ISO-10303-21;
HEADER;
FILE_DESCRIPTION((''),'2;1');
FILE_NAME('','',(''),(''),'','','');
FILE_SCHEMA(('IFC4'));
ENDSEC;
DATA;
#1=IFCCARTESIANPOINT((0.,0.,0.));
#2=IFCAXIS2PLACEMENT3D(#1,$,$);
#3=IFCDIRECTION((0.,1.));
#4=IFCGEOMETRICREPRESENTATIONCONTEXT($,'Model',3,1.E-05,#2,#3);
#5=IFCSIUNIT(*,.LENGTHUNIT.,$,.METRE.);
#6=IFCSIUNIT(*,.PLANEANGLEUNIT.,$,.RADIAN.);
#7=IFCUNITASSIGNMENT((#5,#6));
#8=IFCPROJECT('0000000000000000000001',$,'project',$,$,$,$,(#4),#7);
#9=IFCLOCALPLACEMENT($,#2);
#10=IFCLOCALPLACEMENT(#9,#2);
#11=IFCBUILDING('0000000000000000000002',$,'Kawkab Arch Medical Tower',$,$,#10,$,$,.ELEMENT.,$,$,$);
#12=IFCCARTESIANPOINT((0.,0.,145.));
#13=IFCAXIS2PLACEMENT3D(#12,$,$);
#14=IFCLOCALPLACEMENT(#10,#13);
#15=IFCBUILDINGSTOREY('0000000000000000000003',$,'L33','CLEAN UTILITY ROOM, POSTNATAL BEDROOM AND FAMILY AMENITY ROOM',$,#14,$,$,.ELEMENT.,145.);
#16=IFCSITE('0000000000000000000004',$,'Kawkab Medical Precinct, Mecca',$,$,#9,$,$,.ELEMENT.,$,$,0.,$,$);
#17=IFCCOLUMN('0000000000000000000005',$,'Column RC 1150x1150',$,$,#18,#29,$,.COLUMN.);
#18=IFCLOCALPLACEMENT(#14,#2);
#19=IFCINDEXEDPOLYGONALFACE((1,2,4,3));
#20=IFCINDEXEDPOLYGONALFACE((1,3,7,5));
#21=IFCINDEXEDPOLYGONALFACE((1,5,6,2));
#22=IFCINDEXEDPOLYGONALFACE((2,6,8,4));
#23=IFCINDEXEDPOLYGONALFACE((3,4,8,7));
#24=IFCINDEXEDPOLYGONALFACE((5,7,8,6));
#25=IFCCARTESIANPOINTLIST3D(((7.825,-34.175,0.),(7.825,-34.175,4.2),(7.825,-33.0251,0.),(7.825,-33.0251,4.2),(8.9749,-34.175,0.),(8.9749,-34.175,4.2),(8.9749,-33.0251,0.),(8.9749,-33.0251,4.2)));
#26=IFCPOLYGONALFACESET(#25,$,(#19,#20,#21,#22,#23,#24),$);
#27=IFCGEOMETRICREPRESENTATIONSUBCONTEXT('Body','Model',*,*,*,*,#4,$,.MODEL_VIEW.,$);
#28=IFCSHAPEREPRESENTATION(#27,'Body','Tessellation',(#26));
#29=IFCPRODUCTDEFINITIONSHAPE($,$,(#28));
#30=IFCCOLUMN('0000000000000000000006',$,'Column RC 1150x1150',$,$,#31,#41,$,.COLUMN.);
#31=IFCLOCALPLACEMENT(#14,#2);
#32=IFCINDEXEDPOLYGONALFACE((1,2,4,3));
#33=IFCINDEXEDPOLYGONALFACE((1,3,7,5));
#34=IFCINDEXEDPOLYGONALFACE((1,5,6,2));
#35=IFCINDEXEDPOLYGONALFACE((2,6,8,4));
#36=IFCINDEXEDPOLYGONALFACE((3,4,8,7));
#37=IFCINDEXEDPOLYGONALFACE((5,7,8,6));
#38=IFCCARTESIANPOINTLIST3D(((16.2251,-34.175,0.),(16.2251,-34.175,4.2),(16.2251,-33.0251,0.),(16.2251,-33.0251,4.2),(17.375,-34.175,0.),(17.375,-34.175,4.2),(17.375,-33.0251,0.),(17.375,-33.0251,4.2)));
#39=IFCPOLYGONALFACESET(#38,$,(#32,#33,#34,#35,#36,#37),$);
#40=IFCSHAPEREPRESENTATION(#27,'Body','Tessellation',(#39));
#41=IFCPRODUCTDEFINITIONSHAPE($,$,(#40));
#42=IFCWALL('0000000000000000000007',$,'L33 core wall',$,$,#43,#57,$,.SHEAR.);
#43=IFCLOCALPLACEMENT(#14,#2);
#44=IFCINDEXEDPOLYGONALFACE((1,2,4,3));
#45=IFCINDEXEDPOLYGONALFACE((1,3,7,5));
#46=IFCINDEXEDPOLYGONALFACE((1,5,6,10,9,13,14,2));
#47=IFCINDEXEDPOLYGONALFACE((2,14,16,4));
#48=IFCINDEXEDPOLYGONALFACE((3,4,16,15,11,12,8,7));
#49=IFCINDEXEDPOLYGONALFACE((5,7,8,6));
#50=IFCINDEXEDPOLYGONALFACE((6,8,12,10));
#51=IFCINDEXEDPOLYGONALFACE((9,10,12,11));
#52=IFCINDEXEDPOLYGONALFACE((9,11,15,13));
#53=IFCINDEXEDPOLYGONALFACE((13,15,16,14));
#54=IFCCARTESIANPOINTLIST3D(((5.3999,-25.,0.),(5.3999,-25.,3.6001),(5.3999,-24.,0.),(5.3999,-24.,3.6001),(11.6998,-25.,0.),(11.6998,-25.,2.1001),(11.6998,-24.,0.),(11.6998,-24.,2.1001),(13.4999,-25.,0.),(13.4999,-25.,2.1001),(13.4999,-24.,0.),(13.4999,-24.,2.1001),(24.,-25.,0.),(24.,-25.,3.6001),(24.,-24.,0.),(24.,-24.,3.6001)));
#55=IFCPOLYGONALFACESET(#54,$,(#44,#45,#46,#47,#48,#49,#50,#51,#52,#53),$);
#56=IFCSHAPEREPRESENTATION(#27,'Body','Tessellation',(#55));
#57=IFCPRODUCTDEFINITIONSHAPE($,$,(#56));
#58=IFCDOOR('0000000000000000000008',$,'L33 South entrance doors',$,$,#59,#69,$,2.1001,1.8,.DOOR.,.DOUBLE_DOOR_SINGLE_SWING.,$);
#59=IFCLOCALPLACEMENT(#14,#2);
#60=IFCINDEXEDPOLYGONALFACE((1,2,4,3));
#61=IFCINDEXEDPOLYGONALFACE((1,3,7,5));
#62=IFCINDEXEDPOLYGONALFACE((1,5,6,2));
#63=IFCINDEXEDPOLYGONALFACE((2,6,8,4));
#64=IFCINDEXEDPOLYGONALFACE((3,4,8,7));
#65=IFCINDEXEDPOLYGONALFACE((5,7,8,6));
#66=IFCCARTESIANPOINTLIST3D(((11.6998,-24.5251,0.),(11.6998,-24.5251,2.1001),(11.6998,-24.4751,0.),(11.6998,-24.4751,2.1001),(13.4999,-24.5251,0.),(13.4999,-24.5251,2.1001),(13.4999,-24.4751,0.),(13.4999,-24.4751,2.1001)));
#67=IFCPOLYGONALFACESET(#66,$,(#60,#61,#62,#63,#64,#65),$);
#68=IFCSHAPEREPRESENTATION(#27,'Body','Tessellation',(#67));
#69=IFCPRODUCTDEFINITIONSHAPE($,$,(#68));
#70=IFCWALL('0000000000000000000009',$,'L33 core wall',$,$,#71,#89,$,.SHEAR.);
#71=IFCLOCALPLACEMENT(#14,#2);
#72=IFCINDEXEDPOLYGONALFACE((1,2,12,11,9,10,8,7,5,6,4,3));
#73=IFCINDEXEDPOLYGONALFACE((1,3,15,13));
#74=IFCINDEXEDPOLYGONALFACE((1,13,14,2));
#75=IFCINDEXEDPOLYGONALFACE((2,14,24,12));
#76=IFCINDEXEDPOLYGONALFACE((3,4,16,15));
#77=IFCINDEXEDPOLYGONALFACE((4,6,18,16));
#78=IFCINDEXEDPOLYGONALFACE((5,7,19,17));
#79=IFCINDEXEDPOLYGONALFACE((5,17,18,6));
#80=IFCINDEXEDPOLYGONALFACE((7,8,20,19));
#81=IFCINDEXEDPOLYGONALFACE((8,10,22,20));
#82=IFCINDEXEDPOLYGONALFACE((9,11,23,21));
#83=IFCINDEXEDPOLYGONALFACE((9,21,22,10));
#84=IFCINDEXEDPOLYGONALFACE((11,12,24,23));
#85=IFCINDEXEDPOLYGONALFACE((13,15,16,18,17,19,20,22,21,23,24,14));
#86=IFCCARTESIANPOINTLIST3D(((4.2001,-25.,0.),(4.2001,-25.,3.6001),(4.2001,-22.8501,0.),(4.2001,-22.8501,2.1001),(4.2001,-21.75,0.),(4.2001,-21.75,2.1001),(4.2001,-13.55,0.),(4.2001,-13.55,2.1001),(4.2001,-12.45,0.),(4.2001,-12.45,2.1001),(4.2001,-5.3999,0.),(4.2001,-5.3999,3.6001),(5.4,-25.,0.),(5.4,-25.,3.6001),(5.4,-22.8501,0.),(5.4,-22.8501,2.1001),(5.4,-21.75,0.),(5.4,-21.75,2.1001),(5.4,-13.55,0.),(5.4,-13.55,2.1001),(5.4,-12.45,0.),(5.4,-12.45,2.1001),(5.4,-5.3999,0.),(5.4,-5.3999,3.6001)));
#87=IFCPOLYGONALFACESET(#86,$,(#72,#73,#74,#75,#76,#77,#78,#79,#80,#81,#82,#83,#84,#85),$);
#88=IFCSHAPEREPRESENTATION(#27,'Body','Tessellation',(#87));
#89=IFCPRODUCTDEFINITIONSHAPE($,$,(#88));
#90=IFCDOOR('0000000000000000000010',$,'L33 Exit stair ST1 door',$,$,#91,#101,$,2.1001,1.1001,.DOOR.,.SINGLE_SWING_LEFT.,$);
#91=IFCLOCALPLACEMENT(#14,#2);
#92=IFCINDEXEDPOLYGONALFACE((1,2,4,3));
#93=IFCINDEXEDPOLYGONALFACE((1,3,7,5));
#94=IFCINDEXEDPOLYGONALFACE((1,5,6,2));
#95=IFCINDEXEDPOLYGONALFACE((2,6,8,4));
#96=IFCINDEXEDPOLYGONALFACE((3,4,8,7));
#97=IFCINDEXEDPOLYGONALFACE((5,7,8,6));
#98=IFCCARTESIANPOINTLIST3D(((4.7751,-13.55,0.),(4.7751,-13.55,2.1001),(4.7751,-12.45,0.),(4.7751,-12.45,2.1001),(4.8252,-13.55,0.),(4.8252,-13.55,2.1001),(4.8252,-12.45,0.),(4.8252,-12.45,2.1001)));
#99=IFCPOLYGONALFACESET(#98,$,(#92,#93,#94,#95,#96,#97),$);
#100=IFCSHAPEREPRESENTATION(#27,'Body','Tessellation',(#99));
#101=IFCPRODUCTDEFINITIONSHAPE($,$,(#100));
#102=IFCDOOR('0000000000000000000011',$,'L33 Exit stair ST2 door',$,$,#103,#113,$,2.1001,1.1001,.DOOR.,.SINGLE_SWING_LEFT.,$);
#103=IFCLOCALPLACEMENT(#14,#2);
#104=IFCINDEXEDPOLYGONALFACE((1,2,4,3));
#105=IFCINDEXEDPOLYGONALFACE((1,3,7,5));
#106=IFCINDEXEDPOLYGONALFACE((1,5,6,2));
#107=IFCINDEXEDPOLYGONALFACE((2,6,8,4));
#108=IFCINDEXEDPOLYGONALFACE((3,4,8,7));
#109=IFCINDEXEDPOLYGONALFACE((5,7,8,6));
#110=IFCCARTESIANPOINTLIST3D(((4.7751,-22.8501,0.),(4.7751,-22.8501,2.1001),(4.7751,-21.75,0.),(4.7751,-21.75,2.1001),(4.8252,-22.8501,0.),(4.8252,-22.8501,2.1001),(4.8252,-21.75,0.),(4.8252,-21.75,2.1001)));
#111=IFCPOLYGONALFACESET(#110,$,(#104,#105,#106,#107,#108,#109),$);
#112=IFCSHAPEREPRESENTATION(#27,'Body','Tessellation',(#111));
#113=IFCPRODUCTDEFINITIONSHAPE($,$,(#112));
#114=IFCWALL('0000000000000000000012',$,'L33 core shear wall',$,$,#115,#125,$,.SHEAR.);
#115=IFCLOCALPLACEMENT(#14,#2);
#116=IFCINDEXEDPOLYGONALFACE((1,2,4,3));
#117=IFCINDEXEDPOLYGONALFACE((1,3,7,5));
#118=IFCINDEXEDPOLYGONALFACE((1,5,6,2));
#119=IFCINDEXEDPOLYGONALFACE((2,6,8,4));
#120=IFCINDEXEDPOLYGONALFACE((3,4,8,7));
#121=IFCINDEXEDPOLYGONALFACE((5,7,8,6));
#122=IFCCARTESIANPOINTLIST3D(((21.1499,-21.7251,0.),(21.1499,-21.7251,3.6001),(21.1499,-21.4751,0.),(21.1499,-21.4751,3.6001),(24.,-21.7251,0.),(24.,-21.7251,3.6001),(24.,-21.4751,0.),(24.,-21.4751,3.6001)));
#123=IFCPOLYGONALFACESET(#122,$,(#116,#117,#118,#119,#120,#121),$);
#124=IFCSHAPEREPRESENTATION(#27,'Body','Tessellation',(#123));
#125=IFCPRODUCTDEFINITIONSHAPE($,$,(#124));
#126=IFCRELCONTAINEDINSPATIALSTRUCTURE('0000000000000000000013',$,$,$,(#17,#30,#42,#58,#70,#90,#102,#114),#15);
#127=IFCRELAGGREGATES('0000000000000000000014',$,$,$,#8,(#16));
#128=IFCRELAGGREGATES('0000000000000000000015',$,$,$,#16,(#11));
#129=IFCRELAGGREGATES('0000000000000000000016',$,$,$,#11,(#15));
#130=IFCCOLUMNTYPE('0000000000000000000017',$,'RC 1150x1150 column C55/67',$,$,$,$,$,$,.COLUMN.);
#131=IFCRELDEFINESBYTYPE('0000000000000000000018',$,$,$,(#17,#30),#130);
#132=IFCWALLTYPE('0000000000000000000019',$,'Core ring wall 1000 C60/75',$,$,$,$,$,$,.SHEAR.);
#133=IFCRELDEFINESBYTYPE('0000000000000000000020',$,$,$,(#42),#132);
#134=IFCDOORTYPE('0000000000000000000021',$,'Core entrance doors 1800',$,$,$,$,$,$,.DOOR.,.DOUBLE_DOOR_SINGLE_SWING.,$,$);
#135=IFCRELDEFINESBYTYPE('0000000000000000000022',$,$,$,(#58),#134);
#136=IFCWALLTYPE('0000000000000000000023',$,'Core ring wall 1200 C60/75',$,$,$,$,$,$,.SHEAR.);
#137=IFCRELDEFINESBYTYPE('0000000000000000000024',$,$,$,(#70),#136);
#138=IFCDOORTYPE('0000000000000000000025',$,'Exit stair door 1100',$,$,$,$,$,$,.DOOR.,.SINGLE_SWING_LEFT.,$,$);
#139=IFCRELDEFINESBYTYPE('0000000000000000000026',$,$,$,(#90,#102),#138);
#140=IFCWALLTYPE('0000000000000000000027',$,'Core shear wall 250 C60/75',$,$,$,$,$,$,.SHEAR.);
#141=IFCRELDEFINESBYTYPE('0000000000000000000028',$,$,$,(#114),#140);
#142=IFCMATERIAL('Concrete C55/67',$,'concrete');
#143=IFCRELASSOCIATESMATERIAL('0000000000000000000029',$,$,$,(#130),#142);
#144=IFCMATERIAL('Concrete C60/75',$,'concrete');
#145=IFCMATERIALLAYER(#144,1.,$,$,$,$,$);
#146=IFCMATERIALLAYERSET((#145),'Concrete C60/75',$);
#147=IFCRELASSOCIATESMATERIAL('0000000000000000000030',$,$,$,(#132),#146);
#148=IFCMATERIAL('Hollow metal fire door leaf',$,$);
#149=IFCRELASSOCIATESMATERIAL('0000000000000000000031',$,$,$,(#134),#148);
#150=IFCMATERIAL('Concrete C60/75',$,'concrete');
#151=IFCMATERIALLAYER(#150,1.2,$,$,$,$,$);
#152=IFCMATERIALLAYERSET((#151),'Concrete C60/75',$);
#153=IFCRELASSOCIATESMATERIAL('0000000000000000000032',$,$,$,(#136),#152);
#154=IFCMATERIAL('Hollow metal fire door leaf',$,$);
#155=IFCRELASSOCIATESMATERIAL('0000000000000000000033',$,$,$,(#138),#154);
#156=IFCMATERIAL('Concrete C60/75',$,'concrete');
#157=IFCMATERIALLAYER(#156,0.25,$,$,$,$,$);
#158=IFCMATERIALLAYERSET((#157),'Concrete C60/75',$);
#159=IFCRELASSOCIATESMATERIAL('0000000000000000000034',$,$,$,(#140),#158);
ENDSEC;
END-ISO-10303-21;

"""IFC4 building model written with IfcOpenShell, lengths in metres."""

from ifc_helpers import new_model, si_unit, direction, frame, frame_2d, origin, origin_2d, place, context, subcontext, project, spatial, rectangle, extrude, material, layer, layer_set, material_profile, profile_set, type_object, element, fill, save


model = new_model("IFC4")

# Units and contexts
model_context = context("Model", 3, precision=1e-05, world=origin(), true_north=direction((0.0, 1.0)))
body_context = subcontext(model_context, "Body", "Model", "MODEL_VIEW")
ifc_project = project(units=[si_unit("LENGTHUNIT", "METRE"), si_unit("PLANEANGLEUNIT", "RADIAN")], contexts=[model_context])

# Site, building, storey
site_placement = place(None, origin())
site = spatial("IfcSite", under=ifc_project, at=site_placement, Name="Kawkab Medical Precinct, Mecca", CompositionType="ELEMENT", RefElevation=0.0)
building_placement = place(site_placement, origin())
building = spatial("IfcBuilding", under=site, at=building_placement, Name="Kawkab Arch Medical Tower", CompositionType="ELEMENT")
storey_placement = place(building_placement, frame((0.0, 0.0, 145.0)))
storey = spatial("IfcBuildingStorey", under=building, at=storey_placement, Name="L33", Description="CLEAN UTILITY ROOM, POSTNATAL BEDROOM AND FAMILY AMENITY ROOM", CompositionType="ELEMENT", Elevation=145.0)

# Columns
ifc_material_1 = material(Name="Concrete C55/67", Category="concrete")
ifc_material_profile = material_profile(ifc_material_1, rectangle(XDim=1.1499, YDim=1.1499, at=origin_2d()), Name="RC 1150x1150")
ifc_profile_set = profile_set([ifc_material_profile], Name="Concrete C55/67")
column_type = type_object("IfcColumnType", Name="RC 1150x1150 column C55/67", PredefinedType="COLUMN", material=ifc_profile_set)
for number, where, z_axis, x_axis, name in (
    (1, (8.3999, -33.6001, 0.0), (0.0, 0.0, 1.0), (1.0, 0.0, 0.0), "Column RC 1150x1150"),
    (2, (16.8, -33.6001, 0.0), (0.0, 0.0, 1.0), (1.0, 0.0, 0.0), "Column RC 1150x1150"),
):
    element("IfcColumn", number, at=place(storey_placement, frame(where, z_axis=z_axis, x_axis=x_axis)), inside=storey, type_object=column_type, Name=name, PredefinedType="COLUMN", context=body_context, shape_type="SweptSolid", body=[
        extrude(rectangle(XDim=1.1499, YDim=1.1499, at=origin_2d()), origin(), (0.0, 0.0, 1.0), 4.2),
    ])

# Wall, opening, door
ifc_material_2 = material(Name="Concrete C60/75", Category="concrete")
ifc_layer_1 = layer(ifc_material_2, 1.0)
ifc_layer_set_1 = layer_set([ifc_layer_1], Name="Concrete C60/75")
wall_type_1 = type_object("IfcWallType", Name="Core ring wall 1000 C60/75", PredefinedType="SHEAR", material=ifc_layer_set_1)
wall_1_placement = place(storey_placement, frame((5.3999, -24.5, 0.0), z_axis=(0.0, 0.0, 1.0), x_axis=(1.0, 0.0, 0.0)))
wall_1 = element("IfcWall", 3, at=wall_1_placement, inside=storey, type_object=wall_type_1, Name="L33 core wall", PredefinedType="SHEAR", context=body_context, shape_type="SweptSolid", body=[
    extrude(rectangle(XDim=18.6001, YDim=1.0, at=frame_2d((9.3, 0.0))), origin(), (0.0, 0.0, 1.0), 3.6001),
])
opening_1_placement = place(wall_1_placement, frame((6.3, 0.0, 0.0)))
opening_1 = element("IfcOpeningElement", 4, at=opening_1_placement, cuts=wall_1, PredefinedType="OPENING", context=body_context, shape_type="SweptSolid", body=[
    extrude(rectangle(XDim=1.8, YDim=2.1001, at=frame_2d((0.8999, 1.05))), frame((0.0, 0.51, 0.0), z_axis=(0.0, -1.0, 0.0), x_axis=(1.0, 0.0, 0.0)), (0.0, 0.0, 1.0), 1.02),
])
ifc_material_3 = material(Name="Hollow metal fire door leaf")
door_type_1 = type_object("IfcDoorType", Name="Core entrance doors 1800", OperationType="DOUBLE_DOOR_SINGLE_SWING", PredefinedType="DOOR", material=ifc_material_3)
door_1_placement = place(opening_1_placement, origin())
door_1 = element("IfcDoor", 5, at=door_1_placement, inside=storey, type_object=door_type_1, Name="L33 South entrance doors", OperationType="DOUBLE_DOOR_SINGLE_SWING", OverallHeight=2.1001, OverallWidth=1.8, PredefinedType="DOOR", context=body_context, shape_type="SweptSolid", body=[
    extrude(rectangle(XDim=1.8, YDim=2.1001, at=frame_2d((0.8999, 1.05))), frame((0.0, 0.0249, 0.0), z_axis=(0.0, -1.0, 0.0), x_axis=(1.0, 0.0, 0.0)), (0.0, 0.0, 1.0), 0.05),
])
fill(opening_1, door_1)

# Wall, openings, doors
ifc_material_4 = material(Name="Concrete C60/75", Category="concrete")
ifc_layer_2 = layer(ifc_material_4, 1.2)
ifc_layer_set_2 = layer_set([ifc_layer_2], Name="Concrete C60/75")
wall_type_2 = type_object("IfcWallType", Name="Core ring wall 1200 C60/75", PredefinedType="SHEAR", material=ifc_layer_set_2)
wall_2_placement = place(storey_placement, frame((4.8, -25.0, 0.0), z_axis=(0.0, 0.0, 1.0), x_axis=(0.0, 1.0, 0.0)))
wall_2 = element("IfcWall", 6, at=wall_2_placement, inside=storey, type_object=wall_type_2, Name="L33 core wall", PredefinedType="SHEAR", context=body_context, shape_type="SweptSolid", body=[
    extrude(rectangle(XDim=19.6001, YDim=1.2, at=frame_2d((9.8, 0.0))), origin(), (0.0, 0.0, 1.0), 3.6001),
])
opening_2_placement = place(wall_2_placement, frame((11.45, 0.0, 0.0)))
opening_2 = element("IfcOpeningElement", 7, at=opening_2_placement, cuts=wall_2, PredefinedType="OPENING", context=body_context, shape_type="SweptSolid", body=[
    extrude(rectangle(XDim=1.1001, YDim=2.1001, at=frame_2d((0.55, 1.05))), frame((0.0, 0.6099, 0.0), z_axis=(0.0, -1.0, 0.0), x_axis=(1.0, 0.0, 0.0)), (0.0, 0.0, 1.0), 1.22),
])
opening_3_placement = place(wall_2_placement, frame((2.1499, 0.0, 0.0)))
opening_3 = element("IfcOpeningElement", 8, at=opening_3_placement, cuts=wall_2, PredefinedType="OPENING", context=body_context, shape_type="SweptSolid", body=[
    extrude(rectangle(XDim=1.1001, YDim=2.1001, at=frame_2d((0.55, 1.05))), frame((0.0, 0.6099, 0.0), z_axis=(0.0, -1.0, 0.0), x_axis=(1.0, 0.0, 0.0)), (0.0, 0.0, 1.0), 1.22),
])
ifc_material_5 = material(Name="Hollow metal fire door leaf")
door_type_2 = type_object("IfcDoorType", Name="Exit stair door 1100", OperationType="SINGLE_SWING_LEFT", PredefinedType="DOOR", material=ifc_material_5)
door_2_placement = place(opening_2_placement, origin())
door_2 = element("IfcDoor", 9, at=door_2_placement, inside=storey, type_object=door_type_2, Name="L33 Exit stair ST1 door", OperationType="SINGLE_SWING_LEFT", OverallHeight=2.1001, OverallWidth=1.1001, PredefinedType="DOOR", context=body_context, shape_type="SweptSolid", body=[
    extrude(rectangle(XDim=1.1001, YDim=2.1001, at=frame_2d((0.55, 1.05))), frame((0.0, 0.0249, 0.0), z_axis=(0.0, -1.0, 0.0), x_axis=(1.0, 0.0, 0.0)), (0.0, 0.0, 1.0), 0.05),
])
fill(opening_2, door_2)
door_3_placement = place(opening_3_placement, origin())
door_3 = element("IfcDoor", 10, at=door_3_placement, inside=storey, type_object=door_type_2, Name="L33 Exit stair ST2 door", OperationType="SINGLE_SWING_LEFT", OverallHeight=2.1001, OverallWidth=1.1001, PredefinedType="DOOR", context=body_context, shape_type="SweptSolid", body=[
    extrude(rectangle(XDim=1.1001, YDim=2.1001, at=frame_2d((0.55, 1.05))), frame((0.0, 0.0249, 0.0), z_axis=(0.0, -1.0, 0.0), x_axis=(1.0, 0.0, 0.0)), (0.0, 0.0, 1.0), 0.05),
])
fill(opening_3, door_3)

# Wall
ifc_material_6 = material(Name="Concrete C60/75", Category="concrete")
ifc_layer_3 = layer(ifc_material_6, 0.25)
ifc_layer_set_3 = layer_set([ifc_layer_3], Name="Concrete C60/75")
wall_type_3 = type_object("IfcWallType", Name="Core shear wall 250 C60/75", PredefinedType="SHEAR", material=ifc_layer_set_3)
wall_3_placement = place(storey_placement, frame((21.1499, -21.6001, 0.0), z_axis=(0.0, 0.0, 1.0), x_axis=(1.0, 0.0, 0.0)))
element("IfcWall", 11, at=wall_3_placement, inside=storey, type_object=wall_type_3, Name="L33 core shear wall", PredefinedType="SHEAR", context=body_context, shape_type="SweptSolid", body=[
    extrude(rectangle(XDim=2.8501, YDim=0.25, at=frame_2d((1.425, 0.0))), origin(), (0.0, 0.0, 1.0), 3.6001),
])

save(model, "model.ifc")
